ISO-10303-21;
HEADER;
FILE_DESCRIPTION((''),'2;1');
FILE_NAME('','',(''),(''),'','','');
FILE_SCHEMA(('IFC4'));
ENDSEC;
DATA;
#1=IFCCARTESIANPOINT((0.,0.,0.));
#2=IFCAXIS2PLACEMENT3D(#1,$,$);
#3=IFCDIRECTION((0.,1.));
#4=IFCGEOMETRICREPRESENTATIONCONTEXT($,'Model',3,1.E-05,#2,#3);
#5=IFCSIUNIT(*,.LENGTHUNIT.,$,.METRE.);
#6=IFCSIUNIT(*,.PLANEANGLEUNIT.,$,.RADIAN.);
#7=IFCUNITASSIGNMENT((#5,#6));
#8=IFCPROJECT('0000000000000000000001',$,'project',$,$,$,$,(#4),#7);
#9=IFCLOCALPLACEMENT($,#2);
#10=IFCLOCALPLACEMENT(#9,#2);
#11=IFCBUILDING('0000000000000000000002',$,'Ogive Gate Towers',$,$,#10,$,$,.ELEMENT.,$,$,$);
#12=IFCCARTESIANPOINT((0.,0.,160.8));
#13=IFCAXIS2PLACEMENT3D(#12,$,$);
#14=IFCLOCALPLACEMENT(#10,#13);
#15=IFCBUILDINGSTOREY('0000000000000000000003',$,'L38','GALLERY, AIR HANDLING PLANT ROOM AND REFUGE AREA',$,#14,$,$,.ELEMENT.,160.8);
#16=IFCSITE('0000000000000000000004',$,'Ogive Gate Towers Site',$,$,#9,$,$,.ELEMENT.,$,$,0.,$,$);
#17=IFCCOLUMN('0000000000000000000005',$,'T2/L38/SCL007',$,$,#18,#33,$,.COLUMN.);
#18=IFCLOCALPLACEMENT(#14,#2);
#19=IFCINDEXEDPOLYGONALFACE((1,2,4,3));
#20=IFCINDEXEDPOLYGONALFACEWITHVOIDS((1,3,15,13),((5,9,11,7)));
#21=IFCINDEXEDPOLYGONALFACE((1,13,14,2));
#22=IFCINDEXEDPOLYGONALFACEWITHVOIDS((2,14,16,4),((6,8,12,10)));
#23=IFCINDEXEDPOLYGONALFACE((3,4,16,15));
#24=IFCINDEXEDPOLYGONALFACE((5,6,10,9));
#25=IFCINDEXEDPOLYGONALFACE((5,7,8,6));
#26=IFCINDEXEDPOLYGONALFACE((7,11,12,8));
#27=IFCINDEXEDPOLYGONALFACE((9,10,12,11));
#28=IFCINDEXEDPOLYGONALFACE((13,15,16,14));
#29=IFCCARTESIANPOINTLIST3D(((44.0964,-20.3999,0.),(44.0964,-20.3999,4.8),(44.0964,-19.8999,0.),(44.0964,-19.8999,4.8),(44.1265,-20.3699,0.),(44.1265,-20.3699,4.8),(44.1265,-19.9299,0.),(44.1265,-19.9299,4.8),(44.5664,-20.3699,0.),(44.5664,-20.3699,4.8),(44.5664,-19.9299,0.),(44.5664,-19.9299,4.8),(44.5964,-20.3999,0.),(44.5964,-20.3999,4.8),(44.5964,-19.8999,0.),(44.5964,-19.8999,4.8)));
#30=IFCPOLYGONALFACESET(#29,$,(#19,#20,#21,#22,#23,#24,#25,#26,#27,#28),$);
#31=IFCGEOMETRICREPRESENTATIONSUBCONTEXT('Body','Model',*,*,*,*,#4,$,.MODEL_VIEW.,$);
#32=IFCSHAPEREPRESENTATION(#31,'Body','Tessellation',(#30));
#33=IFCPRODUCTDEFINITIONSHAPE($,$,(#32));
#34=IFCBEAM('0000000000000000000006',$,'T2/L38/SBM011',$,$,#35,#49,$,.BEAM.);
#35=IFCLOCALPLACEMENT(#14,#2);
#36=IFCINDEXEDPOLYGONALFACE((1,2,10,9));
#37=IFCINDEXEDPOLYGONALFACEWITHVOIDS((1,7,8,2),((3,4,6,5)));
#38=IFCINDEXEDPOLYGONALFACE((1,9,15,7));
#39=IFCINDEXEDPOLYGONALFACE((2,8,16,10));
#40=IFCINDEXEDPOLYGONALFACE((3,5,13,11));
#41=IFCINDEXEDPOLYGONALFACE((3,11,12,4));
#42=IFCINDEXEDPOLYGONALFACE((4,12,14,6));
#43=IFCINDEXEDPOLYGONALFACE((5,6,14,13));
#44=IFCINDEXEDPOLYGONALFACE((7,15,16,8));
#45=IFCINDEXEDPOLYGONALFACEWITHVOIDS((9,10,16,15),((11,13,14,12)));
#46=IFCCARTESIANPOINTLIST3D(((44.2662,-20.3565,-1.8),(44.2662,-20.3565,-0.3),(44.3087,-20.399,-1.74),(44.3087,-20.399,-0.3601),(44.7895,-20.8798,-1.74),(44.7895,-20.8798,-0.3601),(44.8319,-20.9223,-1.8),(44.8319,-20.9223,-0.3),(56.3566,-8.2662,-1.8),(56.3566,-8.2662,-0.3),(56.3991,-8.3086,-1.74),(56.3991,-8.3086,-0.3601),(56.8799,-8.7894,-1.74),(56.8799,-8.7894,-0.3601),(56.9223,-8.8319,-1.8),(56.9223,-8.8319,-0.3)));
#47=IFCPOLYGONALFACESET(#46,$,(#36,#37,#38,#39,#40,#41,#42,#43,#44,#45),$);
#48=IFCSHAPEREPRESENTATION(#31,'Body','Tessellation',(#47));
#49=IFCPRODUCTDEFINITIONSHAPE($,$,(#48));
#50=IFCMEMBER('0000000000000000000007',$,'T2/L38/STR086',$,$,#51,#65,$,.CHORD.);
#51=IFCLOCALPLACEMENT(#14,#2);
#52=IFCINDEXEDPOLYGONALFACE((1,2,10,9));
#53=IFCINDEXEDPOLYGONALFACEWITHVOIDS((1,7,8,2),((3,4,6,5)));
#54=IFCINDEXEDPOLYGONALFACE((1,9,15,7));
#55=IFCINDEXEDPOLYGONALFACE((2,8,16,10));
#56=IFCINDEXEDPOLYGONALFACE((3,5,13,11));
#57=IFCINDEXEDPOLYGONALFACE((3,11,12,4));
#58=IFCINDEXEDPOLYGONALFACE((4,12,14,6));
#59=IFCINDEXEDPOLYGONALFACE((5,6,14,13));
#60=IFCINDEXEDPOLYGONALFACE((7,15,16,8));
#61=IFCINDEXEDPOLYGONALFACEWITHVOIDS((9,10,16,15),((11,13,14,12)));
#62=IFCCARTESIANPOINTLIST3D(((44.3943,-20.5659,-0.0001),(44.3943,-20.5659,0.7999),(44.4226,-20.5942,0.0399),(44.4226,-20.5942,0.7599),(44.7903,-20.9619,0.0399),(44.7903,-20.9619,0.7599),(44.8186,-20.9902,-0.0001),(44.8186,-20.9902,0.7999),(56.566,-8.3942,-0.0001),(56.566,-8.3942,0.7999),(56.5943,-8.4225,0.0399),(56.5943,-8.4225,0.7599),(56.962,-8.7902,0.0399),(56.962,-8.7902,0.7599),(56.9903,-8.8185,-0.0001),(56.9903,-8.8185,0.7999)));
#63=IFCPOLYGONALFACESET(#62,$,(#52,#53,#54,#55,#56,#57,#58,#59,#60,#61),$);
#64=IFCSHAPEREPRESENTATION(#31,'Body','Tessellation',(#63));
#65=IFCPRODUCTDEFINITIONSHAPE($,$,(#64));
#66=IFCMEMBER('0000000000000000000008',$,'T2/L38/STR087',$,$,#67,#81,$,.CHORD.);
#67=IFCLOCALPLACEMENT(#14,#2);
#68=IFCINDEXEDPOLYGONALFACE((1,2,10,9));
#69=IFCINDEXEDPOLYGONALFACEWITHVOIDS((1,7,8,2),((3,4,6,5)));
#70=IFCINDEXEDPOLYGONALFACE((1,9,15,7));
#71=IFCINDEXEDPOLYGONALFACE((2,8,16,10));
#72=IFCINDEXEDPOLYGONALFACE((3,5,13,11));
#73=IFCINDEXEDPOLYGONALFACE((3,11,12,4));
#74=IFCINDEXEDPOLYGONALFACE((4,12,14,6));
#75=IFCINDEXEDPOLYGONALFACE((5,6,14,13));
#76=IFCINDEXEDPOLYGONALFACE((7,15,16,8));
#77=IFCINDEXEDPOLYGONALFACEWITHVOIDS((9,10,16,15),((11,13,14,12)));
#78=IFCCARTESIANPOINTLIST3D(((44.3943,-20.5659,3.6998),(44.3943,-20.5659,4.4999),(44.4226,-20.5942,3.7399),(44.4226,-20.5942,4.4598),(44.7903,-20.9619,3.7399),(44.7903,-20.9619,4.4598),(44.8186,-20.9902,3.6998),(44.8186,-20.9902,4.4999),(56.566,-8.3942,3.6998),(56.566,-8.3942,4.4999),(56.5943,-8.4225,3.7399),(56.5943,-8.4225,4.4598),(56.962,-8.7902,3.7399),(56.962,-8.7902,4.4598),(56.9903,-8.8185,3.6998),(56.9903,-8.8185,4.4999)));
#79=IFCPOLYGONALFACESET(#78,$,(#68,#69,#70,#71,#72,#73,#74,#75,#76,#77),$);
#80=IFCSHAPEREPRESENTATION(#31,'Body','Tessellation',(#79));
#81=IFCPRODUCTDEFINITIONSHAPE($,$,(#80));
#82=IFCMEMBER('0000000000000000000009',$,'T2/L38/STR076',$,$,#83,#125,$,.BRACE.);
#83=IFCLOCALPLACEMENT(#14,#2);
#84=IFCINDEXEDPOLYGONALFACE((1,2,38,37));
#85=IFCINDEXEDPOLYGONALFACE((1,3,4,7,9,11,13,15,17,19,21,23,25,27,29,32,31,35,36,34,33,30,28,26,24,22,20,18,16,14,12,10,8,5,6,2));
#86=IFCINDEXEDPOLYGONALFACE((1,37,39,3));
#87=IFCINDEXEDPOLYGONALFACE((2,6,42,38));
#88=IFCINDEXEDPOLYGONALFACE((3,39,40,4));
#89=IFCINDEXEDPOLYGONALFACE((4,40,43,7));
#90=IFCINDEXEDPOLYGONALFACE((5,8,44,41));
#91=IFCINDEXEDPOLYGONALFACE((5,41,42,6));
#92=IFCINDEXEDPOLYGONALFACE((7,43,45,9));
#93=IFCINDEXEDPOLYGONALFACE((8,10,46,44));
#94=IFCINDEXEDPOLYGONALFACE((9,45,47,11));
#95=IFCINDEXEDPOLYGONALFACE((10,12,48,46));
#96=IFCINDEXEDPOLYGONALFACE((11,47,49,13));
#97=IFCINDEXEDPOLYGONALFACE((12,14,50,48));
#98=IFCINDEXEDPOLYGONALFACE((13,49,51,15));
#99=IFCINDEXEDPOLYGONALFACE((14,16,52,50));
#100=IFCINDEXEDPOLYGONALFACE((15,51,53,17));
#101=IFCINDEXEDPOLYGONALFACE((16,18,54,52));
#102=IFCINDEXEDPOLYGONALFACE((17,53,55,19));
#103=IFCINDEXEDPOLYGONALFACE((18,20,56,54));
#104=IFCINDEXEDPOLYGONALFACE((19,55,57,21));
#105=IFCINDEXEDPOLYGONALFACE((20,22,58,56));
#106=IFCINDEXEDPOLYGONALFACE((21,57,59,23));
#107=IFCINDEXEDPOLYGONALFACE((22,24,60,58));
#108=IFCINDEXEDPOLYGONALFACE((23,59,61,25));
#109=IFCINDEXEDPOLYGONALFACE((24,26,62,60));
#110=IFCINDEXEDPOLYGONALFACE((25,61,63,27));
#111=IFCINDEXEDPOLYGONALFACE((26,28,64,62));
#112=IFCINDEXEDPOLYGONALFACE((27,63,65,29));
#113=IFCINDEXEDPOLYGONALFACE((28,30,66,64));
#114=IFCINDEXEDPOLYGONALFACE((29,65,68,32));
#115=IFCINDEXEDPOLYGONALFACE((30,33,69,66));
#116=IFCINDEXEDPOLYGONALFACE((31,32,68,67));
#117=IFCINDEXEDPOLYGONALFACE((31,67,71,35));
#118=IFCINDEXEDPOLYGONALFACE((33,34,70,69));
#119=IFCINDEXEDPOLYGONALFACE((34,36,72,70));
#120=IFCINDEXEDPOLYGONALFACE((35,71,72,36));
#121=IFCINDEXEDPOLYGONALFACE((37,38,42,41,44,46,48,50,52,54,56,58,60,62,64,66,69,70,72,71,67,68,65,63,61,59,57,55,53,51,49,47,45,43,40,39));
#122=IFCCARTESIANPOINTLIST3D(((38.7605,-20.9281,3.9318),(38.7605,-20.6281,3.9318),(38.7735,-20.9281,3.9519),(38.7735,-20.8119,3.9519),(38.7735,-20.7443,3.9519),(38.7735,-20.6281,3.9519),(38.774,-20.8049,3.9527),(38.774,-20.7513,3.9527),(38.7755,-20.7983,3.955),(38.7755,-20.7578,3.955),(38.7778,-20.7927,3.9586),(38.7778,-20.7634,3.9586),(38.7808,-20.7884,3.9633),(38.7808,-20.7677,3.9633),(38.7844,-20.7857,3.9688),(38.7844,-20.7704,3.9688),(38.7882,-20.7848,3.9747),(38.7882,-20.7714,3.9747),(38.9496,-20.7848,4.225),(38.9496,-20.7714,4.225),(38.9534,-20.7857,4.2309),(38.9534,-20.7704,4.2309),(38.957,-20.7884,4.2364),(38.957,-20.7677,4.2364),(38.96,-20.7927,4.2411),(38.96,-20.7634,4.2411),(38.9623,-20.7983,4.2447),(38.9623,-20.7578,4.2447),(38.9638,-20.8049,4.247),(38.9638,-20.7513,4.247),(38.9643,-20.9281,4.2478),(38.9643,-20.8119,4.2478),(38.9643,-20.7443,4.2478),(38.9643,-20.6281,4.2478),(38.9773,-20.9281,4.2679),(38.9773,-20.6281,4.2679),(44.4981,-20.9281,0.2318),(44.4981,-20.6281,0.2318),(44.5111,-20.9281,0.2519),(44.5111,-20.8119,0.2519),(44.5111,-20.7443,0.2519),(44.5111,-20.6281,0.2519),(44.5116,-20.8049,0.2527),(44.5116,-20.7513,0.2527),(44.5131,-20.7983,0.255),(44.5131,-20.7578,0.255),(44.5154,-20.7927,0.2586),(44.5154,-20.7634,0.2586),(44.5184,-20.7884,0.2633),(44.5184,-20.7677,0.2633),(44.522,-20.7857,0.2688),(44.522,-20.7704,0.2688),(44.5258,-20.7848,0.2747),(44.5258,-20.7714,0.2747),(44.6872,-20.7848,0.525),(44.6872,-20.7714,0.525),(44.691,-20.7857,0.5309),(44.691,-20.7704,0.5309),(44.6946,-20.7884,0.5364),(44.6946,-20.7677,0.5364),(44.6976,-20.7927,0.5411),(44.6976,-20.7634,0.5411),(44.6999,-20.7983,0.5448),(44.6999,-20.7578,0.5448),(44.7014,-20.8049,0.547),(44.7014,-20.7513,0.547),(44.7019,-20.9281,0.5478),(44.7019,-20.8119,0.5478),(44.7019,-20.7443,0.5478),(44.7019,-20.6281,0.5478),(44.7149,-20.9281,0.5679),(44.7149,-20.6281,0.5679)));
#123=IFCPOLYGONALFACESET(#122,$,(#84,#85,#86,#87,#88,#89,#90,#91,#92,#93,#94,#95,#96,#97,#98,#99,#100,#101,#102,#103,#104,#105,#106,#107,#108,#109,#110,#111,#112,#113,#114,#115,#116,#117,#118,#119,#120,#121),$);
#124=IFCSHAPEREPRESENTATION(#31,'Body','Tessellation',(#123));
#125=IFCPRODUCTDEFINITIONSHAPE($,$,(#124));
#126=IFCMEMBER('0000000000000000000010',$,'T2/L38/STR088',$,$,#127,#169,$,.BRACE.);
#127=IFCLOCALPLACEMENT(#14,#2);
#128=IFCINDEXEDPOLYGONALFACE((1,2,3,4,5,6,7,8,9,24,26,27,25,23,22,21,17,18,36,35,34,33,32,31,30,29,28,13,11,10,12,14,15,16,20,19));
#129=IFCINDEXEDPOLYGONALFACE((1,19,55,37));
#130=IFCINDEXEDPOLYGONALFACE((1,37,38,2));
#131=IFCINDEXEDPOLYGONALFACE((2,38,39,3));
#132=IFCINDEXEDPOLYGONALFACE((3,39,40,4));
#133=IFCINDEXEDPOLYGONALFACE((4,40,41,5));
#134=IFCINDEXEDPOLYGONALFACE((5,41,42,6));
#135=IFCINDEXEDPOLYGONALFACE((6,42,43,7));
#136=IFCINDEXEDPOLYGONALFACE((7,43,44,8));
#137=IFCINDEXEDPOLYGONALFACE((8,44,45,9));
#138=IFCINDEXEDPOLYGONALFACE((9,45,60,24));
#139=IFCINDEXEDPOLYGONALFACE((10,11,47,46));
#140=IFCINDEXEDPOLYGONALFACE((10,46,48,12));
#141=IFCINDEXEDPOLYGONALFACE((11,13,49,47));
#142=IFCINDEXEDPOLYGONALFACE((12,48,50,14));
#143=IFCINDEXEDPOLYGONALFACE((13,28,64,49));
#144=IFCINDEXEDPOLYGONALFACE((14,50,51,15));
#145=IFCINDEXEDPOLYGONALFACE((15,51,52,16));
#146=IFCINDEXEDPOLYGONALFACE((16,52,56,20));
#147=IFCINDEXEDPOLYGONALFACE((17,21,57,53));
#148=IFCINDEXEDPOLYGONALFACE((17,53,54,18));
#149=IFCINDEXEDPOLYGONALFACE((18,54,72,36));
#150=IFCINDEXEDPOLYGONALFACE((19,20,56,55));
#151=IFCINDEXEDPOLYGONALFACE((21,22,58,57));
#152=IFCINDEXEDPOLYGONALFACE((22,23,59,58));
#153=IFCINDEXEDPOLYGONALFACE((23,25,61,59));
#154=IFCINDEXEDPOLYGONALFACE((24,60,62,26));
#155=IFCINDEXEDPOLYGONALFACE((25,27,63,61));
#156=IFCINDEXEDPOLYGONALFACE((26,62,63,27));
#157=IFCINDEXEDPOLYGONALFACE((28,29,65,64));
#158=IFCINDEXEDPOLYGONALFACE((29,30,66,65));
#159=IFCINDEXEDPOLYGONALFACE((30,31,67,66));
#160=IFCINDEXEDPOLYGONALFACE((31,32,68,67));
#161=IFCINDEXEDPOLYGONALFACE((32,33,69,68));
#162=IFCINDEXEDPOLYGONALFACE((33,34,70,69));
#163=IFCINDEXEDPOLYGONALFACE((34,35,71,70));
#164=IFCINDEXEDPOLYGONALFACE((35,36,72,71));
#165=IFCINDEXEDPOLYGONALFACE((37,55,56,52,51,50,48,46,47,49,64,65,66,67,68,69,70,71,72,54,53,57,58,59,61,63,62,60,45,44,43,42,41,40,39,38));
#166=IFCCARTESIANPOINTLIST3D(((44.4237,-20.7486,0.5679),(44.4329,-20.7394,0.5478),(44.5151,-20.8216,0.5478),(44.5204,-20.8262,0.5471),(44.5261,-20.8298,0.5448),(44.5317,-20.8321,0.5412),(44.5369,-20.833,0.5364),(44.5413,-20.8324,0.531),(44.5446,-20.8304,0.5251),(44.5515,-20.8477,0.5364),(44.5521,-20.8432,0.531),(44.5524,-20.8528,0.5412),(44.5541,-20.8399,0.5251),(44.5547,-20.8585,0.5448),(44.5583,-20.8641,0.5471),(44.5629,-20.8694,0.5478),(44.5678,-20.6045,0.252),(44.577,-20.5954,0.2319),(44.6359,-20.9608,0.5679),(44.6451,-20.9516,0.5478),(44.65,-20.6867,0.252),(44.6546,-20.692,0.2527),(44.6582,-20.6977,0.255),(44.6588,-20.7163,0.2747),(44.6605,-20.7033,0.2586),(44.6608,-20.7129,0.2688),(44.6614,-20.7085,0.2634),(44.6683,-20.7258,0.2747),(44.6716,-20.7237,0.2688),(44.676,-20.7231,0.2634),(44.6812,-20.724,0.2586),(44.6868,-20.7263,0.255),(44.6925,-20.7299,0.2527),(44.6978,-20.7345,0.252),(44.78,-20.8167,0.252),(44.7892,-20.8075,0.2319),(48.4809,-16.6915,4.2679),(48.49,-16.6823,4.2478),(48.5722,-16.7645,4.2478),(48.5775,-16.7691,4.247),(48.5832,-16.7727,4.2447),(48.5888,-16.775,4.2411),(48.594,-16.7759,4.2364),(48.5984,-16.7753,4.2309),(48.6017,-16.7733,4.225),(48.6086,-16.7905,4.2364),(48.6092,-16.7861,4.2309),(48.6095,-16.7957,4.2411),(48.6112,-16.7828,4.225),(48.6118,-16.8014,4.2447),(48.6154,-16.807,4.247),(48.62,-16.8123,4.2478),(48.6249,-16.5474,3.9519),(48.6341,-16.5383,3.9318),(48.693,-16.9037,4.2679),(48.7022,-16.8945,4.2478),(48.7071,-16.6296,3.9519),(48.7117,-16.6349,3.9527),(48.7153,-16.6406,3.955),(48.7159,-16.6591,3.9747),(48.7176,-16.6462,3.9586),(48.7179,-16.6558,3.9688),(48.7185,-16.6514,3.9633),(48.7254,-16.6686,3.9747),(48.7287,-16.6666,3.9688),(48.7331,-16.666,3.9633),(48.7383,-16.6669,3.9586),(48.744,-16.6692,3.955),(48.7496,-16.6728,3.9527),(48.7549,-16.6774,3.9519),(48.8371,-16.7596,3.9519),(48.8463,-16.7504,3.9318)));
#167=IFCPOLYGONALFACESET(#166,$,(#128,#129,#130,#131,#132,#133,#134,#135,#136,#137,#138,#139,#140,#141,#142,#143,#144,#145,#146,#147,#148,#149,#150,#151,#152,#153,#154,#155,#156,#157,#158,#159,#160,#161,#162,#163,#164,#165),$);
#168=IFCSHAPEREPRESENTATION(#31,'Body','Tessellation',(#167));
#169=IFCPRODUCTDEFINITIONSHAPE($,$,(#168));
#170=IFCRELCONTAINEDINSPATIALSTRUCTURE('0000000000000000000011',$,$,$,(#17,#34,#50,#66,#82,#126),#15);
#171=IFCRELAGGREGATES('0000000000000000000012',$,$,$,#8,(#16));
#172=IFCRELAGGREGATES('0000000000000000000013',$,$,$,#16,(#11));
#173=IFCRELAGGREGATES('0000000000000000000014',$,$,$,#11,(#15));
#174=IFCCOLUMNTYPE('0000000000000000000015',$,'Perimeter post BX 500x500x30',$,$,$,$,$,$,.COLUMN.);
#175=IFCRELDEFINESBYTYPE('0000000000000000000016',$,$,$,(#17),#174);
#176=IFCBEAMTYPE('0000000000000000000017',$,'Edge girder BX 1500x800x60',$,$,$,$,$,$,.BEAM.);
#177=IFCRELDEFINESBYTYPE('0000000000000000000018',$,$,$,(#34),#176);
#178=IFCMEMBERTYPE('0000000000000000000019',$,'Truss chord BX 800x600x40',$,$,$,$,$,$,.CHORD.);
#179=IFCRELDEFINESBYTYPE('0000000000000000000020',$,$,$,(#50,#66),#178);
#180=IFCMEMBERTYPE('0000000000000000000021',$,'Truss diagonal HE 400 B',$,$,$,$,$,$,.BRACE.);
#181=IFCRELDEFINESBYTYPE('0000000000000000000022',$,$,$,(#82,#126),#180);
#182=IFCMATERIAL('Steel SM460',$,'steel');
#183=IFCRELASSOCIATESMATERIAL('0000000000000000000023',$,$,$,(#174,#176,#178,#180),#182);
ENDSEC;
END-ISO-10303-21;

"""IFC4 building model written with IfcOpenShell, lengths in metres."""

from ifc_helpers import new_model, si_unit, direction, frame, origin, origin_2d, place, context, subcontext, project, spatial, hollow_rectangle, i_section, extrude, material, material_profile, profile_set, type_object, element, save


model = new_model("IFC4")

# Units and contexts
model_context = context("Model", 3, precision=1e-05, world=origin(), true_north=direction((0.0, 1.0)))
body_context = subcontext(model_context, "Body", "Model", "MODEL_VIEW")
ifc_project = project(units=[si_unit("LENGTHUNIT", "METRE"), si_unit("PLANEANGLEUNIT", "RADIAN")], contexts=[model_context])

# Site, building, storey
site_placement = place(None, origin())
site = spatial("IfcSite", under=ifc_project, at=site_placement, Name="Ogive Gate Towers Site", CompositionType="ELEMENT", RefElevation=0.0)
building_placement = place(site_placement, origin())
building = spatial("IfcBuilding", under=site, at=building_placement, Name="Ogive Gate Towers", CompositionType="ELEMENT")
storey_placement = place(building_placement, frame((0.0, 0.0, 160.8)))
storey = spatial("IfcBuildingStorey", under=building, at=storey_placement, Name="L38", Description="GALLERY, AIR HANDLING PLANT ROOM AND REFUGE AREA", CompositionType="ELEMENT", Elevation=160.8)

# Column
ifc_material_1 = material(Name="Steel SM460", Category="steel")
ifc_material_profile_1 = material_profile(ifc_material_1, hollow_rectangle(XDim=0.5, YDim=0.5, WallThickness=0.03, at=origin_2d()), Name="BX 500x500x30")
ifc_profile_set_1 = profile_set([ifc_material_profile_1], Name="Steel SM460")
column_type = type_object("IfcColumnType", Name="Perimeter post BX 500x500x30", PredefinedType="COLUMN", material=ifc_profile_set_1)
column_placement = place(storey_placement, frame((44.3464, -20.1499, 0.0), z_axis=(0.0, 0.0, 1.0), x_axis=(1.0, 0.0, 0.0)))
element("IfcColumn", 1, at=column_placement, inside=storey, type_object=column_type, Name="T2/L38/SCL007", PredefinedType="COLUMN", context=body_context, shape_type="SweptSolid", body=[
    extrude(hollow_rectangle(XDim=0.5, YDim=0.5, WallThickness=0.03, at=origin_2d()), origin(), (0.0, 0.0, 1.0), 4.8),
])

# Beam
ifc_material_profile_2 = material_profile(ifc_material_1, hollow_rectangle(XDim=0.8, YDim=1.5, WallThickness=0.0601, at=origin_2d()), Name="BX 1500x800x60")
ifc_profile_set_2 = profile_set([ifc_material_profile_2], Name="Steel SM460")
beam_type = type_object("IfcBeamType", Name="Edge girder BX 1500x800x60", PredefinedType="BEAM", material=ifc_profile_set_2)
beam_placement = place(storey_placement, frame((44.5491, -20.6394, -1.05), z_axis=(0.707107, 0.707107, 0.0), x_axis=(-0.707107, 0.707107, 0.0)))
element("IfcBeam", 2, at=beam_placement, inside=storey, type_object=beam_type, Name="T2/L38/SBM011", PredefinedType="BEAM", context=body_context, shape_type="SweptSolid", body=[
    extrude(hollow_rectangle(XDim=0.8, YDim=1.5, WallThickness=0.0601, at=origin_2d()), origin(), (0.0, 0.0, 1.0), 17.0984),
])

# Members
ifc_material_profile_3 = material_profile(ifc_material_1, hollow_rectangle(XDim=0.6001, YDim=0.8, WallThickness=0.04, at=origin_2d()), Name="BX 800x600x40")
ifc_profile_set_3 = profile_set([ifc_material_profile_3], Name="Steel SM460")
member_type_1 = type_object("IfcMemberType", Name="Truss chord BX 800x600x40", PredefinedType="CHORD", material=ifc_profile_set_3)
for number, where, z_axis, x_axis, name in (
    (3, (44.6064, -20.7781, 0.3999), (0.707107, 0.707107, 0.0), (-0.707107, 0.707107, 0.0), "T2/L38/STR086"),
    (4, (44.6064, -20.7781, 4.0999), (0.707107, 0.707107, 0.0), (-0.707107, 0.707107, 0.0), "T2/L38/STR087"),
):
    element("IfcMember", number, at=place(storey_placement, frame(where, z_axis=z_axis, x_axis=x_axis)), inside=storey, type_object=member_type_1, Name=name, PredefinedType="CHORD", context=body_context, shape_type="SweptSolid", body=[
        extrude(hollow_rectangle(XDim=0.6001, YDim=0.8, WallThickness=0.04, at=origin_2d()), origin(), (0.0, 0.0, 1.0), 17.2134),
    ])
ifc_material_profile_4 = material_profile(ifc_material_1, i_section(OverallWidth=0.3, OverallDepth=0.3999, WebThickness=0.0134, FlangeThickness=0.0239, FilletRadius=0.0271, at=origin_2d()), Name="HE 400 B")
ifc_profile_set_4 = profile_set([ifc_material_profile_4], Name="Steel SM460")
member_type_2 = type_object("IfcMemberType", Name="Truss diagonal HE 400 B", PredefinedType="BRACE", material=ifc_profile_set_4)
for number, where, z_axis, x_axis, name in (
    (5, (38.8689, -20.7781, 4.0999), (0.84041, 0.0, -0.541952), (0.0, 1.0, 0.0), "T2/L38/STR076"),
    (6, (44.6064, -20.7781, 0.3999), (0.594262, 0.594262, 0.541945), (-0.707107, 0.707107, 0.0), "T2/L38/STR088"),
):
    element("IfcMember", number, at=place(storey_placement, frame(where, z_axis=z_axis, x_axis=x_axis)), inside=storey, type_object=member_type_2, Name=name, PredefinedType="BRACE", context=body_context, shape_type="SweptSolid", body=[
        extrude(i_section(OverallWidth=0.3, OverallDepth=0.3999, WebThickness=0.0134, FlangeThickness=0.0239, FilletRadius=0.0271, at=origin_2d()), origin(), (0.0, 0.0, 1.0), 6.8271),
    ])

save(model, "model.ifc")
